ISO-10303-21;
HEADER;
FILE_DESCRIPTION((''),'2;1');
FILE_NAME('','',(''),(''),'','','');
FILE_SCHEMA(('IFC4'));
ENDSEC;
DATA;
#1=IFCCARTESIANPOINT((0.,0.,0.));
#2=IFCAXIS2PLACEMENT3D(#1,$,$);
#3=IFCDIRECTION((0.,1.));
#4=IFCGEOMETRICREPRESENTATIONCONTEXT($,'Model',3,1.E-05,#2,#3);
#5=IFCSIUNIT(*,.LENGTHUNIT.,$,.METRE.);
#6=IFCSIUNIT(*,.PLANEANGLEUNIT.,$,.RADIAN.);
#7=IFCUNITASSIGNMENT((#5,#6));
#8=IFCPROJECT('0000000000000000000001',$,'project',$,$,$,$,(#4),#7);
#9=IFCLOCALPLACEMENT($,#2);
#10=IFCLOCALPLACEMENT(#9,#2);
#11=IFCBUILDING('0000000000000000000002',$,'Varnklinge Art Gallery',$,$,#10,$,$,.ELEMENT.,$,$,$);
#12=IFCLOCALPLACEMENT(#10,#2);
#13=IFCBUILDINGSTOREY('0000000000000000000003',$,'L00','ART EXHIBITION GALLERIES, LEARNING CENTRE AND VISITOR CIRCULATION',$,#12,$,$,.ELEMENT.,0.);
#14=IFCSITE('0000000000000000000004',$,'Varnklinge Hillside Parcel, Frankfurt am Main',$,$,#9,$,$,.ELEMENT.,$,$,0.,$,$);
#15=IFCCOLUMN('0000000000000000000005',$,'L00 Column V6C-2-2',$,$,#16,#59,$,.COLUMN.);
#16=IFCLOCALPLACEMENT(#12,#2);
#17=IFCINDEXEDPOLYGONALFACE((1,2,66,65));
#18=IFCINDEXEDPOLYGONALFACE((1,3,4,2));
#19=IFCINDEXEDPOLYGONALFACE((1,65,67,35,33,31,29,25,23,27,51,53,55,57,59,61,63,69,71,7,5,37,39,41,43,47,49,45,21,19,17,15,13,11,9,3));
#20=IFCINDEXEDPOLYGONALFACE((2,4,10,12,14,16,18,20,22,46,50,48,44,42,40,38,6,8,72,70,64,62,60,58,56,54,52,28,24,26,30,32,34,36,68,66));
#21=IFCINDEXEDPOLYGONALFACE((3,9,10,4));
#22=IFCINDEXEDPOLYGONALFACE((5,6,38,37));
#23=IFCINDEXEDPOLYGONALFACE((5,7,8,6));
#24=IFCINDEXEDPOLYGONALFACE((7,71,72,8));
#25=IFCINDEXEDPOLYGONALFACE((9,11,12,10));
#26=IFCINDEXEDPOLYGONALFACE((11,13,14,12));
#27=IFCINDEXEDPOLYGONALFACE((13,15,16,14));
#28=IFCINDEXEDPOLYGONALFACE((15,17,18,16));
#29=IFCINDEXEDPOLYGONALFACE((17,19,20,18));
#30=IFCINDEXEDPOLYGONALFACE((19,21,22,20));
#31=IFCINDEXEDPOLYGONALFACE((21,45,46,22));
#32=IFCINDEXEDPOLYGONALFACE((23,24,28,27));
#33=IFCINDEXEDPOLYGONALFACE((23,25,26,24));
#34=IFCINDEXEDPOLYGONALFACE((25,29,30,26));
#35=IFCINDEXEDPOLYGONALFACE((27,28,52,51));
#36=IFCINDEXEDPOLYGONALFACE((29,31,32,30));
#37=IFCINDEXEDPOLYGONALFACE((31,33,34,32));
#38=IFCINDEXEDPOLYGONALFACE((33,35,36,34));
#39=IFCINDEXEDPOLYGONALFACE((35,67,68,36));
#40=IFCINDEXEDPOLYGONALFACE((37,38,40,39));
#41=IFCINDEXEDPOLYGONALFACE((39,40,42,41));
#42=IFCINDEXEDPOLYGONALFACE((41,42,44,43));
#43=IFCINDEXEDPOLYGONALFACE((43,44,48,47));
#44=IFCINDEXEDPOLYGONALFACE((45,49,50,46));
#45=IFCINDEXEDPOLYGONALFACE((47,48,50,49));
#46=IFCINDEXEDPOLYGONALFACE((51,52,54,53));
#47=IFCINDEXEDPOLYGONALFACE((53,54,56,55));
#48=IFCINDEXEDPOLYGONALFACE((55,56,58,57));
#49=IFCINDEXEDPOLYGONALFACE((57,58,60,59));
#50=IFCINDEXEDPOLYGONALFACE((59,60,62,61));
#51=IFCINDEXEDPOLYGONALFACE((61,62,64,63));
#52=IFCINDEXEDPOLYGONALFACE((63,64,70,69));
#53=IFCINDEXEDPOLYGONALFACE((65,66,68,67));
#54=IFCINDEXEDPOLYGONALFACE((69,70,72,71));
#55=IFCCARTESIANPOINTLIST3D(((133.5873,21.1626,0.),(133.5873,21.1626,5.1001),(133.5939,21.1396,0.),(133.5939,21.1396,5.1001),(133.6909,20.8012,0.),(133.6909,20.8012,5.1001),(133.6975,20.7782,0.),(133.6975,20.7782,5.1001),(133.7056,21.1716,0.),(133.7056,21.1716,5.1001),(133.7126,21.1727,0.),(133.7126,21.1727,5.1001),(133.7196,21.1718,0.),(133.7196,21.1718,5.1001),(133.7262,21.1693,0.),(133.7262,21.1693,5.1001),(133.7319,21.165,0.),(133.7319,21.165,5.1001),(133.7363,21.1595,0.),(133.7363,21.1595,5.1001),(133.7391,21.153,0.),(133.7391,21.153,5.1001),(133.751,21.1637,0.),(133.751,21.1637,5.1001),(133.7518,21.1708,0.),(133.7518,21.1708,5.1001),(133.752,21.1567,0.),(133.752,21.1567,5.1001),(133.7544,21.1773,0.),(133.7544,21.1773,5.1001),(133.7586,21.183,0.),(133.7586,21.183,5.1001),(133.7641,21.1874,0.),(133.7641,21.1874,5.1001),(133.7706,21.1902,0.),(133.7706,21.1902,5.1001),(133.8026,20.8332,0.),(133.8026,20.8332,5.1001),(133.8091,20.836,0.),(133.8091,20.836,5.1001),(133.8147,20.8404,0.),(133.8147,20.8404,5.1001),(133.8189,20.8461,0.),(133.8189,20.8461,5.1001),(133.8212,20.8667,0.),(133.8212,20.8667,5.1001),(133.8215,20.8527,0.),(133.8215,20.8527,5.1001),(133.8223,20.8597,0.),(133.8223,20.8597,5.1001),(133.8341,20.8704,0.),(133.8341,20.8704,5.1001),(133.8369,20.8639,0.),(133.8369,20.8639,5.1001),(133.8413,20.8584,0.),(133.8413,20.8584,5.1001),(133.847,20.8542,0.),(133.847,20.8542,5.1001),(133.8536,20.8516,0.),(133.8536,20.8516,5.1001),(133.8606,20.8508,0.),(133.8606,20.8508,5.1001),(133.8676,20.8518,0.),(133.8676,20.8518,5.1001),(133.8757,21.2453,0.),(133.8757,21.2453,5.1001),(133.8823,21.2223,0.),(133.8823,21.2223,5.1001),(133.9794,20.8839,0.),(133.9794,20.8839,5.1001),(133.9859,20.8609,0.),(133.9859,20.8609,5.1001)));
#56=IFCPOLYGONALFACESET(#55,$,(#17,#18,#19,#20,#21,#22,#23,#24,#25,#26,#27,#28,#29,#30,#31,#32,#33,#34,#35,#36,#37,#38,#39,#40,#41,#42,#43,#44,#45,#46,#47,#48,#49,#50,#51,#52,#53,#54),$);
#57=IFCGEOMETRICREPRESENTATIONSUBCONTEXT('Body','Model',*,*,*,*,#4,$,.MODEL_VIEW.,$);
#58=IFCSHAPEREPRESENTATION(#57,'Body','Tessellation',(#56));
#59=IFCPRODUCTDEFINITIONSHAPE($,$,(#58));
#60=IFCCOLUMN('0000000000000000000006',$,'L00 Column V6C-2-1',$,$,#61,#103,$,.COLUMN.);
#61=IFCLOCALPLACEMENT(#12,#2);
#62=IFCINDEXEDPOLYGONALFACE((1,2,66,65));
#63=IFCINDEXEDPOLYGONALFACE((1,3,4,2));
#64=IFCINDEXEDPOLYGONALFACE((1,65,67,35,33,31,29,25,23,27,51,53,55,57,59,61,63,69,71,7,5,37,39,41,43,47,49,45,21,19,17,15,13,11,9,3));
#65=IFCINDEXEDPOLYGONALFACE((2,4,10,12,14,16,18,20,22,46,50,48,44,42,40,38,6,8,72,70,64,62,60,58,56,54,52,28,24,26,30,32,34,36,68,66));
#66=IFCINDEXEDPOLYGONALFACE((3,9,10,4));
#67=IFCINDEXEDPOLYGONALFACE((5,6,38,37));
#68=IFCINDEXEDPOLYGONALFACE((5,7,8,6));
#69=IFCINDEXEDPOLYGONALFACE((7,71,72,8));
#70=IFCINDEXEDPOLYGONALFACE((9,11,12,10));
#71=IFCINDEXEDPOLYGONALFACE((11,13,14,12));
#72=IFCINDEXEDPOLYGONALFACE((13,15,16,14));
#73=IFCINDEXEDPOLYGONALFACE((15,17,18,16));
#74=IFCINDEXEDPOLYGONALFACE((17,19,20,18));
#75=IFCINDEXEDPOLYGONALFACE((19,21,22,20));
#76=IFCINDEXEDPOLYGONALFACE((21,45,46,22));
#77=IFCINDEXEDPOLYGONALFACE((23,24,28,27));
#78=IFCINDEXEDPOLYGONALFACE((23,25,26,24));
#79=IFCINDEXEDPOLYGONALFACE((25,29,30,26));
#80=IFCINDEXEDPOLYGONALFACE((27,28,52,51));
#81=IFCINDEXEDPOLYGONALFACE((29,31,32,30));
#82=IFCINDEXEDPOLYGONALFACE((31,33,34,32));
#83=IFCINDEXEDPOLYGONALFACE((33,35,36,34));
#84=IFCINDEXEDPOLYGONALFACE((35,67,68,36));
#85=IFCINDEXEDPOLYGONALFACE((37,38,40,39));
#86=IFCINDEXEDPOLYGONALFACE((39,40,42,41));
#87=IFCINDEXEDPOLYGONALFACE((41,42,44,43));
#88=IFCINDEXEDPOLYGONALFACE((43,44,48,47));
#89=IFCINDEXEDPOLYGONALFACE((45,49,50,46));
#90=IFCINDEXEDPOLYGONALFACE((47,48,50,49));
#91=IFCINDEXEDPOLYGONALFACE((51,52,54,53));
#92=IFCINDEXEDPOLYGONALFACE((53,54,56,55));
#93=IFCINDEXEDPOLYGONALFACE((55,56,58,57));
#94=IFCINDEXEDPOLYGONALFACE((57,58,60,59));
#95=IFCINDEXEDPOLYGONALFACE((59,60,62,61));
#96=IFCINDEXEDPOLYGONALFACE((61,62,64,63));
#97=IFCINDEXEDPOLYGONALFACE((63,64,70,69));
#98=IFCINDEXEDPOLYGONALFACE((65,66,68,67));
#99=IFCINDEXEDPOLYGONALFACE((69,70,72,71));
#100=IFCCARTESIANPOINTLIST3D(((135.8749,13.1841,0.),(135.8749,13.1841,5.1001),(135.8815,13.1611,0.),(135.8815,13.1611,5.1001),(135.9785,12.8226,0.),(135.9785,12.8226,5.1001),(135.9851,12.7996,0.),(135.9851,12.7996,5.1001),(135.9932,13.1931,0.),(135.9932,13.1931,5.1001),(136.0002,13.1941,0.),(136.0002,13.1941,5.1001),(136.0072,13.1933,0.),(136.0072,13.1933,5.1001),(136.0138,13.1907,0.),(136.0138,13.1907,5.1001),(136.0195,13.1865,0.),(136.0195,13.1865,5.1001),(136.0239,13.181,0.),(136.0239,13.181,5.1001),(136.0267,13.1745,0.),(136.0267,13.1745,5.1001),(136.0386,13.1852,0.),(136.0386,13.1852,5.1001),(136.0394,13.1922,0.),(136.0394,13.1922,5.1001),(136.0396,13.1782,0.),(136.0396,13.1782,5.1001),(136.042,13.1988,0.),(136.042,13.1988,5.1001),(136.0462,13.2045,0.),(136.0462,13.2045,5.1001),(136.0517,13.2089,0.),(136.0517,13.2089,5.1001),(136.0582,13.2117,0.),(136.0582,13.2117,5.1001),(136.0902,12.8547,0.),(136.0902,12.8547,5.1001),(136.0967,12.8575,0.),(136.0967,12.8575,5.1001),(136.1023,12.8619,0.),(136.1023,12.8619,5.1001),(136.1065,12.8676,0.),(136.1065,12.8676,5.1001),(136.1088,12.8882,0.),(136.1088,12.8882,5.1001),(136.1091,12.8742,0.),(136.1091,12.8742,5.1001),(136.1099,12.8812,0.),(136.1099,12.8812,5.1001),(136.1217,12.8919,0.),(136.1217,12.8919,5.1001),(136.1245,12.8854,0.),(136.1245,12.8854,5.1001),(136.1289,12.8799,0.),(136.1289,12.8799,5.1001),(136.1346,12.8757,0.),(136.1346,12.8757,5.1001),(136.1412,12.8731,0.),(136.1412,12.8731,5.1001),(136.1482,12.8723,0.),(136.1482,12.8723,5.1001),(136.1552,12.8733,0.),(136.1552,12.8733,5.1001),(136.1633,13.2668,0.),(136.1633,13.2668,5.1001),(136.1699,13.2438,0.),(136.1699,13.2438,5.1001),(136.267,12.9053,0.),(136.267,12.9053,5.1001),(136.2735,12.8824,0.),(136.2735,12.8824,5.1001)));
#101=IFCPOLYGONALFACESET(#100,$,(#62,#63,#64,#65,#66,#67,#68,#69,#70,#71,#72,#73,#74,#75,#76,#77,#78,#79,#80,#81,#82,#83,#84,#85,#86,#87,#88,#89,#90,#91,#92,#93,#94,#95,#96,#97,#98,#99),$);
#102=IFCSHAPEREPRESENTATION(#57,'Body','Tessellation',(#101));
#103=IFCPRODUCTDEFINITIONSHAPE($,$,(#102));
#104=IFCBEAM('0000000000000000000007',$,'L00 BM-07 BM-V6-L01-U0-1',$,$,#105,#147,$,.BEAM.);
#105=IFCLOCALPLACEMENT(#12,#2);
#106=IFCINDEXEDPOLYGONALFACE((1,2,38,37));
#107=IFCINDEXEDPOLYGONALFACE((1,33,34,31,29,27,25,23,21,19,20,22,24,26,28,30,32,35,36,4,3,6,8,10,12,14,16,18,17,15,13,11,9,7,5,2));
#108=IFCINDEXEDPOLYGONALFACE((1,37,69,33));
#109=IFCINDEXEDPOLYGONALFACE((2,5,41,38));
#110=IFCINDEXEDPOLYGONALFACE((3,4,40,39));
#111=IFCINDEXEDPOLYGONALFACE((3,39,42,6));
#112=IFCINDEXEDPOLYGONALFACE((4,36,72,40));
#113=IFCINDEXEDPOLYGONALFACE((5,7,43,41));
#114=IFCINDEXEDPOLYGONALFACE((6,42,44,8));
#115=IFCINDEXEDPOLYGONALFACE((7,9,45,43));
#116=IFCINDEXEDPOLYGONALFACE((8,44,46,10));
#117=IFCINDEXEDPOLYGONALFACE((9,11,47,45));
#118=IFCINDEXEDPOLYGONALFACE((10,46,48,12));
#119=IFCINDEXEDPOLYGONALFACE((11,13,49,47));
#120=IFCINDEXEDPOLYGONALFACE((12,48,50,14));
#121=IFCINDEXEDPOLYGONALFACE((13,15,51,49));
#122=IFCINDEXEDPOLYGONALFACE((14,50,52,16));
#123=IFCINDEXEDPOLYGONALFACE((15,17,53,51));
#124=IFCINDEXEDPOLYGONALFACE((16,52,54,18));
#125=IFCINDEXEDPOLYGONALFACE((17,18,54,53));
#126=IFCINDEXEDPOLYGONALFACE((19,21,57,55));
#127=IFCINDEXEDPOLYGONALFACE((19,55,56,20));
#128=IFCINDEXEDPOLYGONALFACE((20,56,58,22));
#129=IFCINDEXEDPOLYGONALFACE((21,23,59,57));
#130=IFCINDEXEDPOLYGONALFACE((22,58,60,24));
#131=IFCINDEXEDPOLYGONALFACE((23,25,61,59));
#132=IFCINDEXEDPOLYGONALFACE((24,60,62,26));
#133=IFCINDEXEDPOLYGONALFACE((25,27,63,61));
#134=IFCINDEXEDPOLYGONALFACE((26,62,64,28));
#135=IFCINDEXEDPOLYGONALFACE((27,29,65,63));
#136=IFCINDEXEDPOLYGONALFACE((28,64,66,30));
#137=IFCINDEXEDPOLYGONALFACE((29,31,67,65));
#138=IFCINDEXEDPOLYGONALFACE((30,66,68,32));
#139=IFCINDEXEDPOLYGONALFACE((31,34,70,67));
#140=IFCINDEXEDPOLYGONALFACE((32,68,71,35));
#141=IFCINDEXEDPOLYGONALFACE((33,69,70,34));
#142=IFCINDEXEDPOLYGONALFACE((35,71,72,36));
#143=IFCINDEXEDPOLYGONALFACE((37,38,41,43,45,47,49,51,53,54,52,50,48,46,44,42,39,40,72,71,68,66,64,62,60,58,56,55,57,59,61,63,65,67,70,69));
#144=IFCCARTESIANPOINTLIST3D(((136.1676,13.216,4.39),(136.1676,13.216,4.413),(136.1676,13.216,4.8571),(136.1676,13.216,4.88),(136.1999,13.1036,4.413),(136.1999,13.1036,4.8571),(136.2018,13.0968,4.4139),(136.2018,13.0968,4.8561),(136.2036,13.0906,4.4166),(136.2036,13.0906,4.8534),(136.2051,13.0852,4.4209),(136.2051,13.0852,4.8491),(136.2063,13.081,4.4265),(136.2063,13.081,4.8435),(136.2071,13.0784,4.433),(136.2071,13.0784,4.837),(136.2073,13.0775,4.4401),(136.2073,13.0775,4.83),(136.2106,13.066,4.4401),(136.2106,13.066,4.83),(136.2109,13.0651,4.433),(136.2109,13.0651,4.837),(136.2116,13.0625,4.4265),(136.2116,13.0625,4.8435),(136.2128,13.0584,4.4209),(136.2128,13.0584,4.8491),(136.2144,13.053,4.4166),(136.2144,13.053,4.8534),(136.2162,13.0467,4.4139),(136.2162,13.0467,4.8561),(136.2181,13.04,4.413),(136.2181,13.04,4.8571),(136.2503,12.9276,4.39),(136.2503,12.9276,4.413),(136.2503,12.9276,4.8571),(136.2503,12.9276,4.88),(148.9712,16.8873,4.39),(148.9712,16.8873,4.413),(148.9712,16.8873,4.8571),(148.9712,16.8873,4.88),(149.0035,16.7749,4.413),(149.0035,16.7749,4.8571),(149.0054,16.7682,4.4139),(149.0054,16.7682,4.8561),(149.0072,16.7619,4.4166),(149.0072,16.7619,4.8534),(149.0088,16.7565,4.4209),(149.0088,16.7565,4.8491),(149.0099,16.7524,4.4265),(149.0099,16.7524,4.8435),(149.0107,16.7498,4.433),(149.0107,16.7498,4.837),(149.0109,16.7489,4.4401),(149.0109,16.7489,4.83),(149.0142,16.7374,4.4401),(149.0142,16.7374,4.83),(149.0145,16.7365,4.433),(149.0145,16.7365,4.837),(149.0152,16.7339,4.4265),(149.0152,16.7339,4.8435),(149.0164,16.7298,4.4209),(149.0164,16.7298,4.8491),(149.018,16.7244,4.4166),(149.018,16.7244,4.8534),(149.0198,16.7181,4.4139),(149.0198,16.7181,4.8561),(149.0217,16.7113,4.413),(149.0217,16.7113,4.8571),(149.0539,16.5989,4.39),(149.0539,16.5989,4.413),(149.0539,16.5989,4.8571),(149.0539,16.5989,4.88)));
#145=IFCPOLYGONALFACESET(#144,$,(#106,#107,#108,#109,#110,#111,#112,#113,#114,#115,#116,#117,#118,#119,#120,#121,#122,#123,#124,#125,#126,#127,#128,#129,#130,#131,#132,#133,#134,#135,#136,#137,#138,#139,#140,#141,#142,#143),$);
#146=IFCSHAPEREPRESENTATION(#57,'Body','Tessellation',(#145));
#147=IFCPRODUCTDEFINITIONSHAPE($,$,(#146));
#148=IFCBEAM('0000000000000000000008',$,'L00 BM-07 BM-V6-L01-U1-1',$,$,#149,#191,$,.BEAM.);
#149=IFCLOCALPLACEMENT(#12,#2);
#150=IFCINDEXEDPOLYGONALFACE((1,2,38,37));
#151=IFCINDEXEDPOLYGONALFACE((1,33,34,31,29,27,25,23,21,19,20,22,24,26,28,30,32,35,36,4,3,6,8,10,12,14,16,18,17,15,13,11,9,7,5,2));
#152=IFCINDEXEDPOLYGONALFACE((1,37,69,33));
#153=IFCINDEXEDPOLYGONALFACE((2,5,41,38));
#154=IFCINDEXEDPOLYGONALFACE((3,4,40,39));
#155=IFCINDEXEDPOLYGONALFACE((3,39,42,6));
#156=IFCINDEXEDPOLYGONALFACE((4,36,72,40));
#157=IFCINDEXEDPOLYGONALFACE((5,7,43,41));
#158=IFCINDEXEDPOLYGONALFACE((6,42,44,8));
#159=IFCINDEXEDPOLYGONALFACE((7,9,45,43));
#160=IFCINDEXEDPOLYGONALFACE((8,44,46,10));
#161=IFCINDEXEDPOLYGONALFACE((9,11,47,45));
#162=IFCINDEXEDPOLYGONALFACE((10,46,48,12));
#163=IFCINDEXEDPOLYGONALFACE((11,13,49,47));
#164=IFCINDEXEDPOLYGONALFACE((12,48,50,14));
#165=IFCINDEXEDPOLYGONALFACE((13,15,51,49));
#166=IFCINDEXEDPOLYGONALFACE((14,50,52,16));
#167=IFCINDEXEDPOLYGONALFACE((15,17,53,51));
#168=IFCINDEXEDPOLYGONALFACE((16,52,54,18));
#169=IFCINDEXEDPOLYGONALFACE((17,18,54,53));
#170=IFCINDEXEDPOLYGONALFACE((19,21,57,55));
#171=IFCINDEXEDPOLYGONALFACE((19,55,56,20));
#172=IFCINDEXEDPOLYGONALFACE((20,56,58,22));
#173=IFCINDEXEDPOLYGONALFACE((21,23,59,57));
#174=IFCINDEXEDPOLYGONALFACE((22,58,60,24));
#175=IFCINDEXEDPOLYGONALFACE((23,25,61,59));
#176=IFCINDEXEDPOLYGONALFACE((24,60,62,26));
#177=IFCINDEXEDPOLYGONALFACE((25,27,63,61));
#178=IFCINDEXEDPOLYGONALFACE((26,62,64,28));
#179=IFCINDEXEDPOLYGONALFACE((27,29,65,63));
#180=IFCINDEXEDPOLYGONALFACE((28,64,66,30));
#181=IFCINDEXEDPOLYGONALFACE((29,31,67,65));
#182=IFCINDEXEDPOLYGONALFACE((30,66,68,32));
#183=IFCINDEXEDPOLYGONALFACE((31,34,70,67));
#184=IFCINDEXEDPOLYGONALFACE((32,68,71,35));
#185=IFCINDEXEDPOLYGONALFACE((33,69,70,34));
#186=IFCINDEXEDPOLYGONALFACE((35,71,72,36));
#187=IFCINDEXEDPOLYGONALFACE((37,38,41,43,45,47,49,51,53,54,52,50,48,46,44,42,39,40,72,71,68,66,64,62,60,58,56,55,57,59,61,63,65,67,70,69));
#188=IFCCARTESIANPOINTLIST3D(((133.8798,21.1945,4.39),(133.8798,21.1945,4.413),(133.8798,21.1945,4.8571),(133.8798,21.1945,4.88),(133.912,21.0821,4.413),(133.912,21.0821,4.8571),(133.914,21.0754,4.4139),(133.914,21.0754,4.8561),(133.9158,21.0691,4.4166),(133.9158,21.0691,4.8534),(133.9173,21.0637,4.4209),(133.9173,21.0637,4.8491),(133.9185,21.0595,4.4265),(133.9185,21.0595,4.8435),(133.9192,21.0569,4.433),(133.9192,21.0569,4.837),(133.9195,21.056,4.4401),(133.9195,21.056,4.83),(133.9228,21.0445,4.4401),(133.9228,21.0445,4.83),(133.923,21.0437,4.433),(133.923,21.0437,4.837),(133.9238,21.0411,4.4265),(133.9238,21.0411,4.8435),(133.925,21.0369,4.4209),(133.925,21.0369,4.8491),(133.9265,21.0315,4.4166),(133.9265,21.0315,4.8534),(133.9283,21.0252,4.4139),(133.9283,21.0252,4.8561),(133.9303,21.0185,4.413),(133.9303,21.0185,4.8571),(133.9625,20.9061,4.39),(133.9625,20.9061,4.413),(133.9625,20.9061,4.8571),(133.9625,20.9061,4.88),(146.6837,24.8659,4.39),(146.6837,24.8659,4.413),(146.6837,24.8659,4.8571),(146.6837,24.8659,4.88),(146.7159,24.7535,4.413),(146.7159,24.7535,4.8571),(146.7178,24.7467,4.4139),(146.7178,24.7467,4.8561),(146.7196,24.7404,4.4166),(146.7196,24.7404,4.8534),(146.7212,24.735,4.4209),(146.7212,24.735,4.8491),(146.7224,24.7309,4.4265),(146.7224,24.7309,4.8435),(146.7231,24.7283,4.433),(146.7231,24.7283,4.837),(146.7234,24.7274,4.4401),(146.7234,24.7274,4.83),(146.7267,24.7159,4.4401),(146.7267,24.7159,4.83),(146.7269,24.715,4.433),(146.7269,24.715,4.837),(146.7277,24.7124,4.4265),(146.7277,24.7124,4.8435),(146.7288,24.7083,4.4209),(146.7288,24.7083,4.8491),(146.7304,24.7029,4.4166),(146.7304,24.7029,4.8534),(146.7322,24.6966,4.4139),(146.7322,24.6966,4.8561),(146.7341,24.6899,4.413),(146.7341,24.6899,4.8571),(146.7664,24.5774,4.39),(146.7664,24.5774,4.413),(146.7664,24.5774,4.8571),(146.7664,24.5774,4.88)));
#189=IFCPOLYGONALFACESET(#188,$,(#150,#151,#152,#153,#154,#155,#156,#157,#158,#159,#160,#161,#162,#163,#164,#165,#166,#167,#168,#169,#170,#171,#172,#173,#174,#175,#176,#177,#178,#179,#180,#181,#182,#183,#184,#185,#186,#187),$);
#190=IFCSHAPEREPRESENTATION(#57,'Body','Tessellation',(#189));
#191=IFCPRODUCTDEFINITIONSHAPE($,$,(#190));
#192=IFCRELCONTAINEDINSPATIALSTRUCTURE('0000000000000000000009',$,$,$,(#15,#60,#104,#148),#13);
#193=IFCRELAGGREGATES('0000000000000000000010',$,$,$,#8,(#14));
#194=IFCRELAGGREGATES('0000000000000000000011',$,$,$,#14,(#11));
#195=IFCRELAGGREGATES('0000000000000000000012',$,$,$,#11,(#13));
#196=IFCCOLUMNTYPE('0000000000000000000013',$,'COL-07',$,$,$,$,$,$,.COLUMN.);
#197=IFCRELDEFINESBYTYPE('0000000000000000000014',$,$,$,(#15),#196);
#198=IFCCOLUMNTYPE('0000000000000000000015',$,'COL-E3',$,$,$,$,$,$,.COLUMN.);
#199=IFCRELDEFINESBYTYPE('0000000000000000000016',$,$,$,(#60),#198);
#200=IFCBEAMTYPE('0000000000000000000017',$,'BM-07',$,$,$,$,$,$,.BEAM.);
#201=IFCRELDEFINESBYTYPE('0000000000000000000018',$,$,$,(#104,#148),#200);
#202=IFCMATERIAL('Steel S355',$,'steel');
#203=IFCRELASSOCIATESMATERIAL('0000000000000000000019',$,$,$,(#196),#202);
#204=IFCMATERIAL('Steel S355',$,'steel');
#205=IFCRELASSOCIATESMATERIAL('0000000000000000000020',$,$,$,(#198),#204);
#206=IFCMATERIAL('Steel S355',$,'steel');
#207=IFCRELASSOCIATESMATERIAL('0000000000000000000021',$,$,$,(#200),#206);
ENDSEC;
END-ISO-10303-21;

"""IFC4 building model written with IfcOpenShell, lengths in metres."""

from ifc_helpers import new_model, si_unit, direction, frame, origin, origin_2d, place, context, subcontext, project, spatial, i_section, extrude, material, material_profile, profile_set, type_object, element, save


model = new_model("IFC4")

# Units and contexts
model_context = context("Model", 3, precision=1e-05, world=origin(), true_north=direction((0.0, 1.0)))
body_context = subcontext(model_context, "Body", "Model", "MODEL_VIEW")
ifc_project = project(units=[si_unit("LENGTHUNIT", "METRE"), si_unit("PLANEANGLEUNIT", "RADIAN")], contexts=[model_context])

# Site, building, storey
site_placement = place(None, origin())
site = spatial("IfcSite", under=ifc_project, at=site_placement, Name="Varnklinge Hillside Parcel, Frankfurt am Main", CompositionType="ELEMENT", RefElevation=0.0)
building_placement = place(site_placement, origin())
building = spatial("IfcBuilding", under=site, at=building_placement, Name="Varnklinge Art Gallery", CompositionType="ELEMENT")
storey_placement = place(building_placement, origin())
storey = spatial("IfcBuildingStorey", under=building, at=storey_placement, Name="L00", Description="ART EXHIBITION GALLERIES, LEARNING CENTRE AND VISITOR CIRCULATION", CompositionType="ELEMENT", Elevation=0.0)

# Columns
ifc_material_1 = material(Name="Steel S355", Category="steel")
ifc_material_profile_1 = material_profile(ifc_material_1, i_section(OverallWidth=0.3, OverallDepth=0.3999, WebThickness=0.0134, FlangeThickness=0.0239, FilletRadius=0.0271, at=origin_2d()), Name="HEB 400")
ifc_profile_set_1 = profile_set([ifc_material_profile_1], Name="Steel S355")
column_type_1 = type_object("IfcColumnType", Name="COL-07", PredefinedType="COLUMN", material=ifc_profile_set_1)
column_1_placement = place(storey_placement, frame((133.7866, 21.0117, 0.0), z_axis=(0.0, 0.0, 1.0), x_axis=(0.961262, 0.275637, 0.0)))
element("IfcColumn", 1, at=column_1_placement, inside=storey, type_object=column_type_1, Name="L00 Column V6C-2-2", PredefinedType="COLUMN", context=body_context, shape_type="SweptSolid", body=[
    extrude(i_section(OverallWidth=0.3, OverallDepth=0.3999, WebThickness=0.0134, FlangeThickness=0.0239, FilletRadius=0.0271, at=origin_2d()), origin(), (0.0, 0.0, 1.0), 5.1001),
])
ifc_material_2 = material(Name="Steel S355", Category="steel")
ifc_material_profile_2 = material_profile(ifc_material_2, i_section(OverallWidth=0.3, OverallDepth=0.3999, WebThickness=0.0134, FlangeThickness=0.0239, FilletRadius=0.0271, at=origin_2d()), Name="HEB 400")
ifc_profile_set_2 = profile_set([ifc_material_profile_2], Name="Steel S355")
column_type_2 = type_object("IfcColumnType", Name="COL-E3", PredefinedType="COLUMN", material=ifc_profile_set_2)
column_2_placement = place(storey_placement, frame((136.0742, 13.0332, 0.0), z_axis=(0.0, 0.0, 1.0), x_axis=(0.961262, 0.275637, 0.0)))
element("IfcColumn", 2, at=column_2_placement, inside=storey, type_object=column_type_2, Name="L00 Column V6C-2-1", PredefinedType="COLUMN", context=body_context, shape_type="SweptSolid", body=[
    extrude(i_section(OverallWidth=0.3, OverallDepth=0.3999, WebThickness=0.0134, FlangeThickness=0.0239, FilletRadius=0.0271, at=origin_2d()), origin(), (0.0, 0.0, 1.0), 5.1001),
])

# Beams
ifc_material_3 = material(Name="Steel S355", Category="steel")
ifc_material_profile_3 = material_profile(ifc_material_3, i_section(OverallWidth=0.3, OverallDepth=0.49, WebThickness=0.012, FlangeThickness=0.0229, FilletRadius=0.0271, at=origin_2d()), Name="HEA 500")
ifc_profile_set_3 = profile_set([ifc_material_profile_3], Name="Steel S355")
beam_type_1 = type_object("IfcBeamType", Name="BM-07", PredefinedType="BEAM", material=ifc_profile_set_3)
beam_1_placement = place(storey_placement, frame((136.209, 13.0718, 4.635), z_axis=(0.961262, 0.275636, 0.0), x_axis=(-0.275636, 0.961262, 0.0)))
element("IfcBeam", 3, at=beam_1_placement, inside=storey, type_object=beam_type_1, Name="L00 BM-07 BM-V6-L01-U0-1", PredefinedType="BEAM", context=body_context, shape_type="SweptSolid", body=[
    extrude(i_section(OverallWidth=0.3, OverallDepth=0.49, WebThickness=0.012, FlangeThickness=0.0229, FilletRadius=0.0271, at=origin_2d()), origin(), (0.0, 0.0, 1.0), 13.3196),
])
beam_2_placement = place(storey_placement, frame((133.9211, 21.0503, 4.635), z_axis=(0.961263, 0.275631, 0.0), x_axis=(-0.275631, 0.961263, 0.0)))
element("IfcBeam", 4, at=beam_2_placement, inside=storey, type_object=beam_type_1, Name="L00 BM-07 BM-V6-L01-U1-1", PredefinedType="BEAM", context=body_context, shape_type="SweptSolid", body=[
    extrude(i_section(OverallWidth=0.3, OverallDepth=0.49, WebThickness=0.012, FlangeThickness=0.0229, FilletRadius=0.0271, at=origin_2d()), origin(), (0.0, 0.0, 1.0), 13.3198),
])

save(model, "model.ifc")
